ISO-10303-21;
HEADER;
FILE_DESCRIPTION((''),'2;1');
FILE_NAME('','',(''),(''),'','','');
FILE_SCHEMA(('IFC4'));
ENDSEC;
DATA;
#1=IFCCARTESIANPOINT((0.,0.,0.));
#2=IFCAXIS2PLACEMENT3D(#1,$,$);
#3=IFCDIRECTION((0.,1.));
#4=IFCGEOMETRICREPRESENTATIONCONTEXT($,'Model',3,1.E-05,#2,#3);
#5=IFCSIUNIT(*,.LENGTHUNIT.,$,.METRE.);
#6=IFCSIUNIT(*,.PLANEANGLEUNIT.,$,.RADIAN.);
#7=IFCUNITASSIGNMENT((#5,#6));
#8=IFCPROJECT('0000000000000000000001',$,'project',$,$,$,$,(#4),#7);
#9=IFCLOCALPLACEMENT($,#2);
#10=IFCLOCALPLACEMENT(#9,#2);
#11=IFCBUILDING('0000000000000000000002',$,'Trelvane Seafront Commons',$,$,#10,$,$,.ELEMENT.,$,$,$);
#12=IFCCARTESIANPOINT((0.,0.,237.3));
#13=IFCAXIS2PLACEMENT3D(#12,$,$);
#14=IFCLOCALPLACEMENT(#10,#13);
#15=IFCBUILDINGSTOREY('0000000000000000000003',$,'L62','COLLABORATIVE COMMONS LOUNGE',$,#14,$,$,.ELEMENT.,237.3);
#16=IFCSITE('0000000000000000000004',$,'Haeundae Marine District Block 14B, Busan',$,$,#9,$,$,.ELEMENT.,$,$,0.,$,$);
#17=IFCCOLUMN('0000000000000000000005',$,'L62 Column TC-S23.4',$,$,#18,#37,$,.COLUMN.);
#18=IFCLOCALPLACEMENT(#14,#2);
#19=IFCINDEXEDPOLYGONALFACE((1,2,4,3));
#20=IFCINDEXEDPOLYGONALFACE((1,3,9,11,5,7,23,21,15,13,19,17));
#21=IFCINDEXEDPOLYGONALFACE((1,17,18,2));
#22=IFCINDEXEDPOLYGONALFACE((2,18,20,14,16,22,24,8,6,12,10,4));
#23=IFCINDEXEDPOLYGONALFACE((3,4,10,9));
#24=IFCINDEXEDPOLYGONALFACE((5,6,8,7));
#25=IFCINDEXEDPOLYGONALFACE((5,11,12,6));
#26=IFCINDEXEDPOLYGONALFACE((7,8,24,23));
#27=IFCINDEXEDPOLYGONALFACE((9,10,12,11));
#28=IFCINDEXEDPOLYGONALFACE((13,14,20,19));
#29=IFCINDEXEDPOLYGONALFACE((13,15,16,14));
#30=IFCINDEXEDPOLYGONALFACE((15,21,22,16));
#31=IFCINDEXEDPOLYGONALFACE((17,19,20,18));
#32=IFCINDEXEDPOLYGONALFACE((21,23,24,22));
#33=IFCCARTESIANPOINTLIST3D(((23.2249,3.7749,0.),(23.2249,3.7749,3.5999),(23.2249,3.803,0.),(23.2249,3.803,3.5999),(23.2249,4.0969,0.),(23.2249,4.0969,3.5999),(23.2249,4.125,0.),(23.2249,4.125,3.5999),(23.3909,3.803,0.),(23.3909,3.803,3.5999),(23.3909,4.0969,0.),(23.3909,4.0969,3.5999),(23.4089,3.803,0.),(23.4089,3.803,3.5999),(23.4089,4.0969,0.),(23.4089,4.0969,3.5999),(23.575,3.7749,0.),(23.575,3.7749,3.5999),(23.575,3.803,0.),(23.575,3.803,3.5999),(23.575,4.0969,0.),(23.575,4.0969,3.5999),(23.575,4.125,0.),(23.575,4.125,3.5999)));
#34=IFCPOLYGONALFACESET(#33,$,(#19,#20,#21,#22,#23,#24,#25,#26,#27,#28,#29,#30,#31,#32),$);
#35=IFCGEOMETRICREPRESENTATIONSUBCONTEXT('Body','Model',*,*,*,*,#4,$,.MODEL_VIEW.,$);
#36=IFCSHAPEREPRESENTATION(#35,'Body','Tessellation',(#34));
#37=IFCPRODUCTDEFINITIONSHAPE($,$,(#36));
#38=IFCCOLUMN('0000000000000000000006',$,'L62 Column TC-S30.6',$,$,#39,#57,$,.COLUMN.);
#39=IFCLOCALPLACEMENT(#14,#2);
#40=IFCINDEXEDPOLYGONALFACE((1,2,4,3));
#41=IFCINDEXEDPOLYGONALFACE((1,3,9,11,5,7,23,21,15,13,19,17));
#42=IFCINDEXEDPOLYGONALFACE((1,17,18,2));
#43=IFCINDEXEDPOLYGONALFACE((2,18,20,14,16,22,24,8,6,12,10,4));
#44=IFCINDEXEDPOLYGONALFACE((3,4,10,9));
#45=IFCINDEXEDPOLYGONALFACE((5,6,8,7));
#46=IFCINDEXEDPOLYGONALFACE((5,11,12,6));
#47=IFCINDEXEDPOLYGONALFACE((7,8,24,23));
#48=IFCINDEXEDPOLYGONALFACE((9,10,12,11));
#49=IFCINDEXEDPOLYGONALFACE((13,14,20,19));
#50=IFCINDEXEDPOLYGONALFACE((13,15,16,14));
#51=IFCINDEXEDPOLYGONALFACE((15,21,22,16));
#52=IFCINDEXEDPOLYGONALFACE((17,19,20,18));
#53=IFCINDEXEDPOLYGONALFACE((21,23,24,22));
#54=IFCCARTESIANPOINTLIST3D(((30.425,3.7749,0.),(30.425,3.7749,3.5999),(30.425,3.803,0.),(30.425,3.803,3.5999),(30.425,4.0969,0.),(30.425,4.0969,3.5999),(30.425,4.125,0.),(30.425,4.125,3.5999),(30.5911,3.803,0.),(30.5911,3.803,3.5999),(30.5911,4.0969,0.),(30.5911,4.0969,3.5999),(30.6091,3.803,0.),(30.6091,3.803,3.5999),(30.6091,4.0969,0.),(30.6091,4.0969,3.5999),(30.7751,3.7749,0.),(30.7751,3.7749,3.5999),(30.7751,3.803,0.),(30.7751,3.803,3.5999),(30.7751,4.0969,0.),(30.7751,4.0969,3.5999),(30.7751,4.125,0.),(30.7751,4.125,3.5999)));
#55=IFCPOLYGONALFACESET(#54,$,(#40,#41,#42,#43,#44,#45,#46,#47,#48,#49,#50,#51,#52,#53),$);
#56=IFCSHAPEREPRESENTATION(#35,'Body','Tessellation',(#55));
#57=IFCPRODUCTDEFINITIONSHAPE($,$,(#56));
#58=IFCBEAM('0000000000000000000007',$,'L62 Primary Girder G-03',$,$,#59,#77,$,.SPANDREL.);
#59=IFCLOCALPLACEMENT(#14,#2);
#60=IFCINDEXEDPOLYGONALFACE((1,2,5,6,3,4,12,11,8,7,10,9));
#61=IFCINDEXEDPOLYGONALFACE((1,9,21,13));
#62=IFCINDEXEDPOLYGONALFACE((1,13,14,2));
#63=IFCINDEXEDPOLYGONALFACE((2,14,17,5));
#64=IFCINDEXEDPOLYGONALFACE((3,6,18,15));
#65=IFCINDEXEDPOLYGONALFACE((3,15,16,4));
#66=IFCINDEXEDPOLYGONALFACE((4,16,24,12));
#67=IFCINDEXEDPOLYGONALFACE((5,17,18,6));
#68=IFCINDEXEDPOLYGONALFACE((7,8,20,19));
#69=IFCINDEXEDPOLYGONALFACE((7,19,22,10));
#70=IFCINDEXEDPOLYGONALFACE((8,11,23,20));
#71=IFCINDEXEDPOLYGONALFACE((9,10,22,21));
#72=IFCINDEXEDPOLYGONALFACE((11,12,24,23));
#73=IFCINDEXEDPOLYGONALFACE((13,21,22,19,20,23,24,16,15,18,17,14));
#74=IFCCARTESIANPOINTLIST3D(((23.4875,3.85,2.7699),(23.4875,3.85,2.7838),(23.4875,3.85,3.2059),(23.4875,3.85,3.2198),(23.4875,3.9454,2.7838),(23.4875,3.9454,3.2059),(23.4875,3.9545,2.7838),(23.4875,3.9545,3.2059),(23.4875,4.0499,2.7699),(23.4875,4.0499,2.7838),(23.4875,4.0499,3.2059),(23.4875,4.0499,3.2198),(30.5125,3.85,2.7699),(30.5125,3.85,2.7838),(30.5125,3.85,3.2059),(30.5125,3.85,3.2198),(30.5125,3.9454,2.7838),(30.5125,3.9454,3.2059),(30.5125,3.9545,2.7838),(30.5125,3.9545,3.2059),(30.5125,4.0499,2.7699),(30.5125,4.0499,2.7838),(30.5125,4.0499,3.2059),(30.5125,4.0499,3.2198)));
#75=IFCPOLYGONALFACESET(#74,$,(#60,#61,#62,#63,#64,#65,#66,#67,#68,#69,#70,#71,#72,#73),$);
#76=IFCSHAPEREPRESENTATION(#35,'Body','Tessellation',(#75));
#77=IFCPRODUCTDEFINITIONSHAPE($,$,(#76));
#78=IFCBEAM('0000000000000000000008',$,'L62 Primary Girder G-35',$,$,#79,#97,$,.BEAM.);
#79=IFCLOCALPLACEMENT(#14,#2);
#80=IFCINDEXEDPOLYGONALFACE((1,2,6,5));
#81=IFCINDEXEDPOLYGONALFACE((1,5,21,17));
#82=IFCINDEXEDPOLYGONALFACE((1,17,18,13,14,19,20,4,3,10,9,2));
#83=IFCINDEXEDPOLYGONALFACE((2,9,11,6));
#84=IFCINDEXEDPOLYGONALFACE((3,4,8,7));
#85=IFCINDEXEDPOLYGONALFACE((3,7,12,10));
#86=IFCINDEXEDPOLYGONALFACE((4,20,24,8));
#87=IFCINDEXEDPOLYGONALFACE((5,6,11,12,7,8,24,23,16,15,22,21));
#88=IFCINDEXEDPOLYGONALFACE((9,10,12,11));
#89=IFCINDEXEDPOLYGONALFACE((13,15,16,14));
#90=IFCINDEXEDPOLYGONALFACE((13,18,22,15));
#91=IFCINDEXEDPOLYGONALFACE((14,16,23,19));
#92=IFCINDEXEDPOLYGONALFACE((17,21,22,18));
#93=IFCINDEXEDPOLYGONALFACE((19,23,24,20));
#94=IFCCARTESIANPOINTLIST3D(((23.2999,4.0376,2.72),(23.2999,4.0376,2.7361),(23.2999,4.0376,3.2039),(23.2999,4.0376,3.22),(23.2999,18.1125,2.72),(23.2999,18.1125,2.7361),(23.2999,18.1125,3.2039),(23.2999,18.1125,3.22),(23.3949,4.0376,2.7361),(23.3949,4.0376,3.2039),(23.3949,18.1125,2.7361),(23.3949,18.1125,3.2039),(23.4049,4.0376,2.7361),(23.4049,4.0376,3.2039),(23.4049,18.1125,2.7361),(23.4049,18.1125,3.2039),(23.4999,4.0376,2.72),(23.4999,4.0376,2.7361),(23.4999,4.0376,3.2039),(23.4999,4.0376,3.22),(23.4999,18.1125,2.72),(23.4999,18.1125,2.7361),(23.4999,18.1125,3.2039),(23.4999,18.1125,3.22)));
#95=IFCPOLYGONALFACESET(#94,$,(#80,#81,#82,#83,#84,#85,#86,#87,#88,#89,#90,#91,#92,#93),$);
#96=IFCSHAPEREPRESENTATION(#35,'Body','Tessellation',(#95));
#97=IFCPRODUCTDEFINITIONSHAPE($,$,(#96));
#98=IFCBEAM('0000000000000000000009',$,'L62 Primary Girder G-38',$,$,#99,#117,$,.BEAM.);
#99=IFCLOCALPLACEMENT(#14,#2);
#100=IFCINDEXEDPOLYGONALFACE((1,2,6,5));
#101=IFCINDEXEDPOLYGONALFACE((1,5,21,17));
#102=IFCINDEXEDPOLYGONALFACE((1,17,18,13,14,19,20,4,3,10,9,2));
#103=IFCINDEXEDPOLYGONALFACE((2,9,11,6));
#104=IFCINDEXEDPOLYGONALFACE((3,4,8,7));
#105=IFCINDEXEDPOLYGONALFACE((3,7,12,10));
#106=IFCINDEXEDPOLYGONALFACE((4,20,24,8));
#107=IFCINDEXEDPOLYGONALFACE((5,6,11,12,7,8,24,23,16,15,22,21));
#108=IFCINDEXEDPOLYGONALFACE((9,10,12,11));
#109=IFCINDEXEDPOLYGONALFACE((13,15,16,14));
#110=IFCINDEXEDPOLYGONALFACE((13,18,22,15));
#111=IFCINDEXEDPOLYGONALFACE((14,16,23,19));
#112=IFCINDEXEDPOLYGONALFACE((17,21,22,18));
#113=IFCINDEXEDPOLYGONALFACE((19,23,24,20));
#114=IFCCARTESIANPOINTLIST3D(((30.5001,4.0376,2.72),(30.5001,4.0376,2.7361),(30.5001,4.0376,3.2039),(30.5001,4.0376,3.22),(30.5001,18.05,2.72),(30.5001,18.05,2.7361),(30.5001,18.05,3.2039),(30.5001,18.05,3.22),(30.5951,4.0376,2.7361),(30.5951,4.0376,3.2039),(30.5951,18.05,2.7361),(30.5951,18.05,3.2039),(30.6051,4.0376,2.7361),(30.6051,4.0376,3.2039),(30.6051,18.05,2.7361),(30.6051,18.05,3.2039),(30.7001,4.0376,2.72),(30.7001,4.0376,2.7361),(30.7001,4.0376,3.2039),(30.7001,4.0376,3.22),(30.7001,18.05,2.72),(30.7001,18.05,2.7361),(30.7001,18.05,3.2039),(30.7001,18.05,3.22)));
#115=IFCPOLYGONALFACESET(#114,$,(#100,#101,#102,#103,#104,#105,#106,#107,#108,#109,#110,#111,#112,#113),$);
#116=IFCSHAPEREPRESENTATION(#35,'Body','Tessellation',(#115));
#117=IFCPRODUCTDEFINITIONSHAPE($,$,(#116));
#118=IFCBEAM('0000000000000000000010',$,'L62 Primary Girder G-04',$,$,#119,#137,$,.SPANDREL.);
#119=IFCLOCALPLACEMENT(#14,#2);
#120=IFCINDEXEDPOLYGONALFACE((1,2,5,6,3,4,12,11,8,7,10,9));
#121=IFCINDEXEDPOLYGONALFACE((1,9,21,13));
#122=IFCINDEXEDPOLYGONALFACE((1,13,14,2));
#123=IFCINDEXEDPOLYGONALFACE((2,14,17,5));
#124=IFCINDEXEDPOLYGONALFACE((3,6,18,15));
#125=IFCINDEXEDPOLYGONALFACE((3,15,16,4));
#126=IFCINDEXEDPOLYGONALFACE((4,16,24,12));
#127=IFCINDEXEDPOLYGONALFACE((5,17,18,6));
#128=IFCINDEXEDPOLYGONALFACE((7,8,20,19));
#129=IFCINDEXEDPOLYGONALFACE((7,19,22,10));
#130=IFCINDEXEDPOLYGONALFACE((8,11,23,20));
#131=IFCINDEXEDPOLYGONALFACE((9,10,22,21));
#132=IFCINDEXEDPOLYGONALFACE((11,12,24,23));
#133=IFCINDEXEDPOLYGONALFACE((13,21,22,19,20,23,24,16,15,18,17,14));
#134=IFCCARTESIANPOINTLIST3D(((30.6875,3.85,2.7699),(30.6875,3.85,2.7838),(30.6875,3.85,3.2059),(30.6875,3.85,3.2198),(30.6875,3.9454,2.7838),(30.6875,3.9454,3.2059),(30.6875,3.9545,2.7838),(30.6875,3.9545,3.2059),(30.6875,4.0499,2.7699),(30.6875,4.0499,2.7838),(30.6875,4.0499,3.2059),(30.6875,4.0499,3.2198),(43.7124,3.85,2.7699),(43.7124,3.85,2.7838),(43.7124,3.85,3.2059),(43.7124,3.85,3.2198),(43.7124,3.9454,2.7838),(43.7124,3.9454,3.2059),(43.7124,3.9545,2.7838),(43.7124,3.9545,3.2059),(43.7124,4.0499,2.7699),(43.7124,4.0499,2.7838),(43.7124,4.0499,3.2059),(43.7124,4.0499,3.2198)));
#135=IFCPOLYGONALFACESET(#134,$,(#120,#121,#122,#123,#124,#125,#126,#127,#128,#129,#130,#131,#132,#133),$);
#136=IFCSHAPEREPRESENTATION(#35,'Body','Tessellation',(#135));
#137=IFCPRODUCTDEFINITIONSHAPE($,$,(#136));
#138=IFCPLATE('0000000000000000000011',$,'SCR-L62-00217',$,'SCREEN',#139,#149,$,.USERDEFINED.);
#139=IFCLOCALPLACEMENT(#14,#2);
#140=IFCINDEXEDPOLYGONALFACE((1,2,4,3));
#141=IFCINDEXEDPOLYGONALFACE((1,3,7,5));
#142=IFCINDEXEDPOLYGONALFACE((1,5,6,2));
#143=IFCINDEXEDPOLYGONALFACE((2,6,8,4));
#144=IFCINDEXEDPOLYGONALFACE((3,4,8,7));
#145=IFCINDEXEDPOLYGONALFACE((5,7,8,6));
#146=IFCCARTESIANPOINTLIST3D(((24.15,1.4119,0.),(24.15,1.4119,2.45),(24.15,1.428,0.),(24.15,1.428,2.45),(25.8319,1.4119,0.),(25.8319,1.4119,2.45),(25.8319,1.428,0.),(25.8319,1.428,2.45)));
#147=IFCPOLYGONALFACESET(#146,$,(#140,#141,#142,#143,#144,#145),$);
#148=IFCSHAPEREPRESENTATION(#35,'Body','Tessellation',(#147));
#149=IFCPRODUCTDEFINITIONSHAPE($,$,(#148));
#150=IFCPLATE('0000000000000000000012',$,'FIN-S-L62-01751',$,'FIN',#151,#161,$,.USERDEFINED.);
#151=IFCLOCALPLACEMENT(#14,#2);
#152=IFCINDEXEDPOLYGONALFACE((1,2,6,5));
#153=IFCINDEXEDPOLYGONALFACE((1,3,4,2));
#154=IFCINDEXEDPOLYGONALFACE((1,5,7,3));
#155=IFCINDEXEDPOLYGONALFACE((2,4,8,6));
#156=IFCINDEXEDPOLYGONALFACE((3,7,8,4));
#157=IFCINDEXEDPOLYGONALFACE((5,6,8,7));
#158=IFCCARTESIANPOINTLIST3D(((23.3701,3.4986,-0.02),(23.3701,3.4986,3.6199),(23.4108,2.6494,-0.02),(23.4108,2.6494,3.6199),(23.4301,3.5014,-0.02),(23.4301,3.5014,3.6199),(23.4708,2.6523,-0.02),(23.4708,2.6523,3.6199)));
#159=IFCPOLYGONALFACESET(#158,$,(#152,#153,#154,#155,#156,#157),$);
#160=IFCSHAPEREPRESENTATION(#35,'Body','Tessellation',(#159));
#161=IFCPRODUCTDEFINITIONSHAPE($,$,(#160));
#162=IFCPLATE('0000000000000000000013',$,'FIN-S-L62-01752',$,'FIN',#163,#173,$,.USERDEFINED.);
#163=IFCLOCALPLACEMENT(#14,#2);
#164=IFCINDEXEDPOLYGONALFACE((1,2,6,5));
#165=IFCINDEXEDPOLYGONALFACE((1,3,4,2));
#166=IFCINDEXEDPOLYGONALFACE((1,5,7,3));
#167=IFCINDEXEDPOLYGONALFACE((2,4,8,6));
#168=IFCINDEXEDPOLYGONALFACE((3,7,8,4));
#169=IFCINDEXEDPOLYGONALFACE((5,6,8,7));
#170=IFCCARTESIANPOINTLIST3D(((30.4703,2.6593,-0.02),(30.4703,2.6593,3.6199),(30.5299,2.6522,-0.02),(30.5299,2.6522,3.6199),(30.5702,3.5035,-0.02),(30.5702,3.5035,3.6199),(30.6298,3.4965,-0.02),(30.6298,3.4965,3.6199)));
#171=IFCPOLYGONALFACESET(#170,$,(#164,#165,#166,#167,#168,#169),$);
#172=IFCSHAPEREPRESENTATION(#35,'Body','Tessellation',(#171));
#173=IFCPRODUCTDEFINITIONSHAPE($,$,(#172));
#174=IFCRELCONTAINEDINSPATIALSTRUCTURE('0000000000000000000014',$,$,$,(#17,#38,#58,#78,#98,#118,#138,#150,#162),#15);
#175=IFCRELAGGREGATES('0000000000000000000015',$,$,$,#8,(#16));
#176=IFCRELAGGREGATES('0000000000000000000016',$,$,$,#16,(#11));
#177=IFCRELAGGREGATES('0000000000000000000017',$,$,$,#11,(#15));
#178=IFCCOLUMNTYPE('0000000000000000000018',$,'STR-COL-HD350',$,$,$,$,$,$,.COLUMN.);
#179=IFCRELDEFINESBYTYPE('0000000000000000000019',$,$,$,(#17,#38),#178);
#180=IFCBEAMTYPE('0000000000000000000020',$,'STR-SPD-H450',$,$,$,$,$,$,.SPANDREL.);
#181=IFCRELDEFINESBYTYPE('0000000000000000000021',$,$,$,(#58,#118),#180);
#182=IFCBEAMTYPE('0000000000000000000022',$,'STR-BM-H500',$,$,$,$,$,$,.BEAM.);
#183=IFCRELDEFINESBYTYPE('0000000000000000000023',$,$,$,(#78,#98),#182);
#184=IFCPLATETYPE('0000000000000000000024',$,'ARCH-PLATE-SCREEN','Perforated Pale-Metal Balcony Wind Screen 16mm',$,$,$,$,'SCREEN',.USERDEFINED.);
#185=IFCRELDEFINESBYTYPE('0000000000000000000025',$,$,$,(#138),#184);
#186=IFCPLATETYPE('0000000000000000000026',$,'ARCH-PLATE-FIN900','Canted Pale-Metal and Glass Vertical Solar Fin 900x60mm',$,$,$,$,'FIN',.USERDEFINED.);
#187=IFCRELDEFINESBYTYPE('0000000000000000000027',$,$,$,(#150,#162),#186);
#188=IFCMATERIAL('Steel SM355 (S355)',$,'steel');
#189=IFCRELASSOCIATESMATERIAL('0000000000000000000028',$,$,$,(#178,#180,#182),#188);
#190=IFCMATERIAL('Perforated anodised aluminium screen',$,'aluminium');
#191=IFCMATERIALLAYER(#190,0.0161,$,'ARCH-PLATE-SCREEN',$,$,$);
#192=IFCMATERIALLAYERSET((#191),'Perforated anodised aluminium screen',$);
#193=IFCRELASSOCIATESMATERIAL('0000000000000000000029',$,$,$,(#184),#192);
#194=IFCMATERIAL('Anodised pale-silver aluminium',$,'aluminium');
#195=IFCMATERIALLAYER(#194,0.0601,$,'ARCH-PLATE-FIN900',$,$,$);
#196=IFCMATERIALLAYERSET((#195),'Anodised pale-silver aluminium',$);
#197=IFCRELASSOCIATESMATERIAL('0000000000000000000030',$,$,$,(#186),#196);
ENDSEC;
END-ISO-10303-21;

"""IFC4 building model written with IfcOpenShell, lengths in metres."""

from ifc_helpers import new_model, si_unit, direction, frame, origin, origin_2d, place, context, subcontext, project, spatial, rectangle, i_section, extrude, source, transform, mapped, material, layer, layer_set, material_profile, profile_set, type_object, element, save


model = new_model("IFC4")

# Units and contexts
model_context = context("Model", 3, precision=1e-05, world=origin(), true_north=direction((0.0, 1.0)))
body_context = subcontext(model_context, "Body", "Model", "MODEL_VIEW")
ifc_project = project(units=[si_unit("LENGTHUNIT", "METRE"), si_unit("PLANEANGLEUNIT", "RADIAN")], contexts=[model_context])

# Site, building, storey
site_placement = place(None, origin())
site = spatial("IfcSite", under=ifc_project, at=site_placement, Name="Haeundae Marine District Block 14B, Busan", CompositionType="ELEMENT", RefElevation=0.0)
building_placement = place(site_placement, origin())
building = spatial("IfcBuilding", under=site, at=building_placement, Name="Trelvane Seafront Commons", CompositionType="ELEMENT")
storey_placement = place(building_placement, frame((0.0, 0.0, 237.3)))
storey = spatial("IfcBuildingStorey", under=building, at=storey_placement, Name="L62", Description="COLLABORATIVE COMMONS LOUNGE", CompositionType="ELEMENT", Elevation=237.3)

# Columns
ifc_material_1 = material(Name="Steel SM355 (S355)", Category="steel")
ifc_material_profile_1 = material_profile(ifc_material_1, i_section(OverallWidth=0.3501, OverallDepth=0.3501, WebThickness=0.0181, FlangeThickness=0.0281, at=origin_2d()), Name="HD-350x350x18x28")
ifc_profile_set_1 = profile_set([ifc_material_profile_1], Name="Steel SM355 (S355)")
column_type = type_object("IfcColumnType", Name="STR-COL-HD350", PredefinedType="COLUMN", material=ifc_profile_set_1)
shared_shape_1 = source(origin(), body_context, "Body", "SweptSolid", [
    extrude(i_section(OverallWidth=0.3501, OverallDepth=0.3501, WebThickness=0.0181, FlangeThickness=0.0281, at=origin_2d()), origin(), (0.0, 0.0, 1.0), 3.5999),
])
for number, where, z_axis, x_axis, name in (
    (1, (23.3999, 3.95, 0.0), (0.0, 0.0, 1.0), (1.0, 0.0, 0.0), "L62 Column TC-S23.4"),
    (2, (30.6001, 3.95, 0.0), (0.0, 0.0, 1.0), (1.0, 0.0, 0.0), "L62 Column TC-S30.6"),
):
    element("IfcColumn", number, at=place(storey_placement, frame(where, z_axis=z_axis, x_axis=x_axis)), inside=storey, type_object=column_type, Name=name, PredefinedType="COLUMN", context=body_context, shape_type="MappedRepresentation", body=[
        mapped(shared_shape_1, transform((0.0, 0.0, 0.0), x_axis=(1.0, 0.0, 0.0), y_axis=(0.0, 1.0, 0.0), z_axis=(0.0, 0.0, 1.0), scale=1.0)),
    ])

# Beams
ifc_material_profile_2 = material_profile(ifc_material_1, i_section(OverallWidth=0.2, OverallDepth=0.45, WebThickness=0.009, FlangeThickness=0.0139, at=origin_2d()), Name="H-450x200x9x14")
ifc_profile_set_2 = profile_set([ifc_material_profile_2], Name="Steel SM355 (S355)")
beam_type_1 = type_object("IfcBeamType", Name="STR-SPD-H450", PredefinedType="SPANDREL", material=ifc_profile_set_2)
shared_shape_2 = source(origin(), body_context, "Body", "SweptSolid", [
    extrude(i_section(OverallWidth=0.2, OverallDepth=0.45, WebThickness=0.009, FlangeThickness=0.0139, at=origin_2d()), origin(), (0.0, 0.0, 1.0), 7.0249),
])
beam_1_placement = place(storey_placement, frame((23.4875, 3.95, 2.9949), z_axis=(1.0, 0.0, 0.0), x_axis=(0.0, 1.0, 0.0)))
element("IfcBeam", 3, at=beam_1_placement, inside=storey, type_object=beam_type_1, Name="L62 Primary Girder G-03", PredefinedType="SPANDREL", context=body_context, shape_type="MappedRepresentation", body=[
    mapped(shared_shape_2, transform((0.0, 0.0, 0.0), x_axis=(1.0, 0.0, 0.0), y_axis=(0.0, 1.0, 0.0), z_axis=(0.0, 0.0, 1.0), scale=1.0)),
])
ifc_material_profile_3 = material_profile(ifc_material_1, i_section(OverallWidth=0.2, OverallDepth=0.5, WebThickness=0.01, FlangeThickness=0.0161, at=origin_2d()), Name="H-500x200x10x16")
ifc_profile_set_3 = profile_set([ifc_material_profile_3], Name="Steel SM355 (S355)")
beam_type_2 = type_object("IfcBeamType", Name="STR-BM-H500", PredefinedType="BEAM", material=ifc_profile_set_3)
shared_shape_3 = source(origin(), body_context, "Body", "SweptSolid", [
    extrude(i_section(OverallWidth=0.2, OverallDepth=0.5, WebThickness=0.01, FlangeThickness=0.0161, at=origin_2d()), origin(), (0.0, 0.0, 1.0), 14.075),
])
beam_2_placement = place(storey_placement, frame((23.3999, 4.0376, 2.97), z_axis=(0.0, 1.0, 0.0), x_axis=(-1.0, 0.0, 0.0)))
element("IfcBeam", 4, at=beam_2_placement, inside=storey, type_object=beam_type_2, Name="L62 Primary Girder G-35", PredefinedType="BEAM", context=body_context, shape_type="MappedRepresentation", body=[
    mapped(shared_shape_3, transform((0.0, 0.0, 0.0), x_axis=(1.0, 0.0, 0.0), y_axis=(0.0, 1.0, 0.0), z_axis=(0.0, 0.0, 1.0), scale=1.0)),
])
shared_shape_4 = source(origin(), body_context, "Body", "SweptSolid", [
    extrude(i_section(OverallWidth=0.2, OverallDepth=0.5, WebThickness=0.01, FlangeThickness=0.0161, at=origin_2d()), origin(), (0.0, 0.0, 1.0), 14.0125),
])
beam_3_placement = place(storey_placement, frame((30.6001, 4.0376, 2.97), z_axis=(0.0, 1.0, 0.0), x_axis=(-1.0, 0.0, 0.0)))
element("IfcBeam", 5, at=beam_3_placement, inside=storey, type_object=beam_type_2, Name="L62 Primary Girder G-38", PredefinedType="BEAM", context=body_context, shape_type="MappedRepresentation", body=[
    mapped(shared_shape_4, transform((0.0, 0.0, 0.0), x_axis=(1.0, 0.0, 0.0), y_axis=(0.0, 1.0, 0.0), z_axis=(0.0, 0.0, 1.0), scale=1.0)),
])
shared_shape_5 = source(origin(), body_context, "Body", "SweptSolid", [
    extrude(i_section(OverallWidth=0.2, OverallDepth=0.45, WebThickness=0.009, FlangeThickness=0.0139, at=origin_2d()), origin(), (0.0, 0.0, 1.0), 13.0249),
])
beam_4_placement = place(storey_placement, frame((30.6875, 3.95, 2.9949), z_axis=(1.0, 0.0, 0.0), x_axis=(0.0, 1.0, 0.0)))
element("IfcBeam", 6, at=beam_4_placement, inside=storey, type_object=beam_type_1, Name="L62 Primary Girder G-04", PredefinedType="SPANDREL", context=body_context, shape_type="MappedRepresentation", body=[
    mapped(shared_shape_5, transform((0.0, 0.0, 0.0), x_axis=(1.0, 0.0, 0.0), y_axis=(0.0, 1.0, 0.0), z_axis=(0.0, 0.0, 1.0), scale=1.0)),
])

# Plates
ifc_material_2 = material(Name="Perforated anodised aluminium screen", Category="aluminium")
ifc_layer_1 = layer(ifc_material_2, 0.0161, Name="ARCH-PLATE-SCREEN")
ifc_layer_set_1 = layer_set([ifc_layer_1], Name="Perforated anodised aluminium screen")
plate_type_1 = type_object("IfcPlateType", Name="ARCH-PLATE-SCREEN", Description="Perforated Pale-Metal Balcony Wind Screen 16mm", ElementType="SCREEN", PredefinedType="USERDEFINED", material=ifc_layer_set_1)
shared_shape_6 = source(origin(), body_context, "Body", "SweptSolid", [
    extrude(rectangle(XDim=1.6819, YDim=0.0161, at=origin_2d()), origin(), (0.0, 0.0, 1.0), 2.45),
])
plate_1_placement = place(storey_placement, frame((24.991, 1.4199, 0.0), z_axis=(0.0, 0.0, 1.0), x_axis=(1.0, 0.0, 0.0)))
element("IfcPlate", 7, at=plate_1_placement, inside=storey, type_object=plate_type_1, Name="SCR-L62-00217", ObjectType="SCREEN", PredefinedType="USERDEFINED", context=body_context, shape_type="MappedRepresentation", body=[
    mapped(shared_shape_6, transform((0.0, 0.0, 0.0), x_axis=(1.0, 0.0, 0.0), y_axis=(0.0, 1.0, 0.0), z_axis=(0.0, 0.0, 1.0), scale=1.0)),
])
ifc_material_3 = material(Name="Anodised pale-silver aluminium", Category="aluminium")
ifc_layer_2 = layer(ifc_material_3, 0.0601, Name="ARCH-PLATE-FIN900")
ifc_layer_set_2 = layer_set([ifc_layer_2], Name="Anodised pale-silver aluminium")
plate_type_2 = type_object("IfcPlateType", Name="ARCH-PLATE-FIN900", Description="Canted Pale-Metal and Glass Vertical Solar Fin 900x60mm", ElementType="FIN", PredefinedType="USERDEFINED", material=ifc_layer_set_2)
shared_shape_7 = source(origin(), body_context, "Body", "SweptSolid", [
    extrude(rectangle(XDim=0.8501, YDim=0.0601, at=origin_2d()), origin(), (0.0, 0.0, 1.0), 3.6399),
])
for number, where, z_axis, x_axis, name in (
    (8, (23.4204, 3.0754, -0.02), (0.0, 0.0, 1.0), (0.047884, -0.998853, 0.0), "FIN-S-L62-01751"),
    (9, (30.55, 3.0779, -0.02), (0.0, 0.0, 1.0), (-0.11753, -0.993069, 0.0), "FIN-S-L62-01752"),
):
    element("IfcPlate", number, at=place(storey_placement, frame(where, z_axis=z_axis, x_axis=x_axis)), inside=storey, type_object=plate_type_2, Name=name, ObjectType="FIN", PredefinedType="USERDEFINED", context=body_context, shape_type="MappedRepresentation", body=[
        mapped(shared_shape_7, transform((0.0, 0.0, 0.0), x_axis=(1.0, 0.0, 0.0), y_axis=(0.0, 1.0, 0.0), z_axis=(0.0, 0.0, 1.0), scale=1.0)),
    ])

save(model, "model.ifc")
